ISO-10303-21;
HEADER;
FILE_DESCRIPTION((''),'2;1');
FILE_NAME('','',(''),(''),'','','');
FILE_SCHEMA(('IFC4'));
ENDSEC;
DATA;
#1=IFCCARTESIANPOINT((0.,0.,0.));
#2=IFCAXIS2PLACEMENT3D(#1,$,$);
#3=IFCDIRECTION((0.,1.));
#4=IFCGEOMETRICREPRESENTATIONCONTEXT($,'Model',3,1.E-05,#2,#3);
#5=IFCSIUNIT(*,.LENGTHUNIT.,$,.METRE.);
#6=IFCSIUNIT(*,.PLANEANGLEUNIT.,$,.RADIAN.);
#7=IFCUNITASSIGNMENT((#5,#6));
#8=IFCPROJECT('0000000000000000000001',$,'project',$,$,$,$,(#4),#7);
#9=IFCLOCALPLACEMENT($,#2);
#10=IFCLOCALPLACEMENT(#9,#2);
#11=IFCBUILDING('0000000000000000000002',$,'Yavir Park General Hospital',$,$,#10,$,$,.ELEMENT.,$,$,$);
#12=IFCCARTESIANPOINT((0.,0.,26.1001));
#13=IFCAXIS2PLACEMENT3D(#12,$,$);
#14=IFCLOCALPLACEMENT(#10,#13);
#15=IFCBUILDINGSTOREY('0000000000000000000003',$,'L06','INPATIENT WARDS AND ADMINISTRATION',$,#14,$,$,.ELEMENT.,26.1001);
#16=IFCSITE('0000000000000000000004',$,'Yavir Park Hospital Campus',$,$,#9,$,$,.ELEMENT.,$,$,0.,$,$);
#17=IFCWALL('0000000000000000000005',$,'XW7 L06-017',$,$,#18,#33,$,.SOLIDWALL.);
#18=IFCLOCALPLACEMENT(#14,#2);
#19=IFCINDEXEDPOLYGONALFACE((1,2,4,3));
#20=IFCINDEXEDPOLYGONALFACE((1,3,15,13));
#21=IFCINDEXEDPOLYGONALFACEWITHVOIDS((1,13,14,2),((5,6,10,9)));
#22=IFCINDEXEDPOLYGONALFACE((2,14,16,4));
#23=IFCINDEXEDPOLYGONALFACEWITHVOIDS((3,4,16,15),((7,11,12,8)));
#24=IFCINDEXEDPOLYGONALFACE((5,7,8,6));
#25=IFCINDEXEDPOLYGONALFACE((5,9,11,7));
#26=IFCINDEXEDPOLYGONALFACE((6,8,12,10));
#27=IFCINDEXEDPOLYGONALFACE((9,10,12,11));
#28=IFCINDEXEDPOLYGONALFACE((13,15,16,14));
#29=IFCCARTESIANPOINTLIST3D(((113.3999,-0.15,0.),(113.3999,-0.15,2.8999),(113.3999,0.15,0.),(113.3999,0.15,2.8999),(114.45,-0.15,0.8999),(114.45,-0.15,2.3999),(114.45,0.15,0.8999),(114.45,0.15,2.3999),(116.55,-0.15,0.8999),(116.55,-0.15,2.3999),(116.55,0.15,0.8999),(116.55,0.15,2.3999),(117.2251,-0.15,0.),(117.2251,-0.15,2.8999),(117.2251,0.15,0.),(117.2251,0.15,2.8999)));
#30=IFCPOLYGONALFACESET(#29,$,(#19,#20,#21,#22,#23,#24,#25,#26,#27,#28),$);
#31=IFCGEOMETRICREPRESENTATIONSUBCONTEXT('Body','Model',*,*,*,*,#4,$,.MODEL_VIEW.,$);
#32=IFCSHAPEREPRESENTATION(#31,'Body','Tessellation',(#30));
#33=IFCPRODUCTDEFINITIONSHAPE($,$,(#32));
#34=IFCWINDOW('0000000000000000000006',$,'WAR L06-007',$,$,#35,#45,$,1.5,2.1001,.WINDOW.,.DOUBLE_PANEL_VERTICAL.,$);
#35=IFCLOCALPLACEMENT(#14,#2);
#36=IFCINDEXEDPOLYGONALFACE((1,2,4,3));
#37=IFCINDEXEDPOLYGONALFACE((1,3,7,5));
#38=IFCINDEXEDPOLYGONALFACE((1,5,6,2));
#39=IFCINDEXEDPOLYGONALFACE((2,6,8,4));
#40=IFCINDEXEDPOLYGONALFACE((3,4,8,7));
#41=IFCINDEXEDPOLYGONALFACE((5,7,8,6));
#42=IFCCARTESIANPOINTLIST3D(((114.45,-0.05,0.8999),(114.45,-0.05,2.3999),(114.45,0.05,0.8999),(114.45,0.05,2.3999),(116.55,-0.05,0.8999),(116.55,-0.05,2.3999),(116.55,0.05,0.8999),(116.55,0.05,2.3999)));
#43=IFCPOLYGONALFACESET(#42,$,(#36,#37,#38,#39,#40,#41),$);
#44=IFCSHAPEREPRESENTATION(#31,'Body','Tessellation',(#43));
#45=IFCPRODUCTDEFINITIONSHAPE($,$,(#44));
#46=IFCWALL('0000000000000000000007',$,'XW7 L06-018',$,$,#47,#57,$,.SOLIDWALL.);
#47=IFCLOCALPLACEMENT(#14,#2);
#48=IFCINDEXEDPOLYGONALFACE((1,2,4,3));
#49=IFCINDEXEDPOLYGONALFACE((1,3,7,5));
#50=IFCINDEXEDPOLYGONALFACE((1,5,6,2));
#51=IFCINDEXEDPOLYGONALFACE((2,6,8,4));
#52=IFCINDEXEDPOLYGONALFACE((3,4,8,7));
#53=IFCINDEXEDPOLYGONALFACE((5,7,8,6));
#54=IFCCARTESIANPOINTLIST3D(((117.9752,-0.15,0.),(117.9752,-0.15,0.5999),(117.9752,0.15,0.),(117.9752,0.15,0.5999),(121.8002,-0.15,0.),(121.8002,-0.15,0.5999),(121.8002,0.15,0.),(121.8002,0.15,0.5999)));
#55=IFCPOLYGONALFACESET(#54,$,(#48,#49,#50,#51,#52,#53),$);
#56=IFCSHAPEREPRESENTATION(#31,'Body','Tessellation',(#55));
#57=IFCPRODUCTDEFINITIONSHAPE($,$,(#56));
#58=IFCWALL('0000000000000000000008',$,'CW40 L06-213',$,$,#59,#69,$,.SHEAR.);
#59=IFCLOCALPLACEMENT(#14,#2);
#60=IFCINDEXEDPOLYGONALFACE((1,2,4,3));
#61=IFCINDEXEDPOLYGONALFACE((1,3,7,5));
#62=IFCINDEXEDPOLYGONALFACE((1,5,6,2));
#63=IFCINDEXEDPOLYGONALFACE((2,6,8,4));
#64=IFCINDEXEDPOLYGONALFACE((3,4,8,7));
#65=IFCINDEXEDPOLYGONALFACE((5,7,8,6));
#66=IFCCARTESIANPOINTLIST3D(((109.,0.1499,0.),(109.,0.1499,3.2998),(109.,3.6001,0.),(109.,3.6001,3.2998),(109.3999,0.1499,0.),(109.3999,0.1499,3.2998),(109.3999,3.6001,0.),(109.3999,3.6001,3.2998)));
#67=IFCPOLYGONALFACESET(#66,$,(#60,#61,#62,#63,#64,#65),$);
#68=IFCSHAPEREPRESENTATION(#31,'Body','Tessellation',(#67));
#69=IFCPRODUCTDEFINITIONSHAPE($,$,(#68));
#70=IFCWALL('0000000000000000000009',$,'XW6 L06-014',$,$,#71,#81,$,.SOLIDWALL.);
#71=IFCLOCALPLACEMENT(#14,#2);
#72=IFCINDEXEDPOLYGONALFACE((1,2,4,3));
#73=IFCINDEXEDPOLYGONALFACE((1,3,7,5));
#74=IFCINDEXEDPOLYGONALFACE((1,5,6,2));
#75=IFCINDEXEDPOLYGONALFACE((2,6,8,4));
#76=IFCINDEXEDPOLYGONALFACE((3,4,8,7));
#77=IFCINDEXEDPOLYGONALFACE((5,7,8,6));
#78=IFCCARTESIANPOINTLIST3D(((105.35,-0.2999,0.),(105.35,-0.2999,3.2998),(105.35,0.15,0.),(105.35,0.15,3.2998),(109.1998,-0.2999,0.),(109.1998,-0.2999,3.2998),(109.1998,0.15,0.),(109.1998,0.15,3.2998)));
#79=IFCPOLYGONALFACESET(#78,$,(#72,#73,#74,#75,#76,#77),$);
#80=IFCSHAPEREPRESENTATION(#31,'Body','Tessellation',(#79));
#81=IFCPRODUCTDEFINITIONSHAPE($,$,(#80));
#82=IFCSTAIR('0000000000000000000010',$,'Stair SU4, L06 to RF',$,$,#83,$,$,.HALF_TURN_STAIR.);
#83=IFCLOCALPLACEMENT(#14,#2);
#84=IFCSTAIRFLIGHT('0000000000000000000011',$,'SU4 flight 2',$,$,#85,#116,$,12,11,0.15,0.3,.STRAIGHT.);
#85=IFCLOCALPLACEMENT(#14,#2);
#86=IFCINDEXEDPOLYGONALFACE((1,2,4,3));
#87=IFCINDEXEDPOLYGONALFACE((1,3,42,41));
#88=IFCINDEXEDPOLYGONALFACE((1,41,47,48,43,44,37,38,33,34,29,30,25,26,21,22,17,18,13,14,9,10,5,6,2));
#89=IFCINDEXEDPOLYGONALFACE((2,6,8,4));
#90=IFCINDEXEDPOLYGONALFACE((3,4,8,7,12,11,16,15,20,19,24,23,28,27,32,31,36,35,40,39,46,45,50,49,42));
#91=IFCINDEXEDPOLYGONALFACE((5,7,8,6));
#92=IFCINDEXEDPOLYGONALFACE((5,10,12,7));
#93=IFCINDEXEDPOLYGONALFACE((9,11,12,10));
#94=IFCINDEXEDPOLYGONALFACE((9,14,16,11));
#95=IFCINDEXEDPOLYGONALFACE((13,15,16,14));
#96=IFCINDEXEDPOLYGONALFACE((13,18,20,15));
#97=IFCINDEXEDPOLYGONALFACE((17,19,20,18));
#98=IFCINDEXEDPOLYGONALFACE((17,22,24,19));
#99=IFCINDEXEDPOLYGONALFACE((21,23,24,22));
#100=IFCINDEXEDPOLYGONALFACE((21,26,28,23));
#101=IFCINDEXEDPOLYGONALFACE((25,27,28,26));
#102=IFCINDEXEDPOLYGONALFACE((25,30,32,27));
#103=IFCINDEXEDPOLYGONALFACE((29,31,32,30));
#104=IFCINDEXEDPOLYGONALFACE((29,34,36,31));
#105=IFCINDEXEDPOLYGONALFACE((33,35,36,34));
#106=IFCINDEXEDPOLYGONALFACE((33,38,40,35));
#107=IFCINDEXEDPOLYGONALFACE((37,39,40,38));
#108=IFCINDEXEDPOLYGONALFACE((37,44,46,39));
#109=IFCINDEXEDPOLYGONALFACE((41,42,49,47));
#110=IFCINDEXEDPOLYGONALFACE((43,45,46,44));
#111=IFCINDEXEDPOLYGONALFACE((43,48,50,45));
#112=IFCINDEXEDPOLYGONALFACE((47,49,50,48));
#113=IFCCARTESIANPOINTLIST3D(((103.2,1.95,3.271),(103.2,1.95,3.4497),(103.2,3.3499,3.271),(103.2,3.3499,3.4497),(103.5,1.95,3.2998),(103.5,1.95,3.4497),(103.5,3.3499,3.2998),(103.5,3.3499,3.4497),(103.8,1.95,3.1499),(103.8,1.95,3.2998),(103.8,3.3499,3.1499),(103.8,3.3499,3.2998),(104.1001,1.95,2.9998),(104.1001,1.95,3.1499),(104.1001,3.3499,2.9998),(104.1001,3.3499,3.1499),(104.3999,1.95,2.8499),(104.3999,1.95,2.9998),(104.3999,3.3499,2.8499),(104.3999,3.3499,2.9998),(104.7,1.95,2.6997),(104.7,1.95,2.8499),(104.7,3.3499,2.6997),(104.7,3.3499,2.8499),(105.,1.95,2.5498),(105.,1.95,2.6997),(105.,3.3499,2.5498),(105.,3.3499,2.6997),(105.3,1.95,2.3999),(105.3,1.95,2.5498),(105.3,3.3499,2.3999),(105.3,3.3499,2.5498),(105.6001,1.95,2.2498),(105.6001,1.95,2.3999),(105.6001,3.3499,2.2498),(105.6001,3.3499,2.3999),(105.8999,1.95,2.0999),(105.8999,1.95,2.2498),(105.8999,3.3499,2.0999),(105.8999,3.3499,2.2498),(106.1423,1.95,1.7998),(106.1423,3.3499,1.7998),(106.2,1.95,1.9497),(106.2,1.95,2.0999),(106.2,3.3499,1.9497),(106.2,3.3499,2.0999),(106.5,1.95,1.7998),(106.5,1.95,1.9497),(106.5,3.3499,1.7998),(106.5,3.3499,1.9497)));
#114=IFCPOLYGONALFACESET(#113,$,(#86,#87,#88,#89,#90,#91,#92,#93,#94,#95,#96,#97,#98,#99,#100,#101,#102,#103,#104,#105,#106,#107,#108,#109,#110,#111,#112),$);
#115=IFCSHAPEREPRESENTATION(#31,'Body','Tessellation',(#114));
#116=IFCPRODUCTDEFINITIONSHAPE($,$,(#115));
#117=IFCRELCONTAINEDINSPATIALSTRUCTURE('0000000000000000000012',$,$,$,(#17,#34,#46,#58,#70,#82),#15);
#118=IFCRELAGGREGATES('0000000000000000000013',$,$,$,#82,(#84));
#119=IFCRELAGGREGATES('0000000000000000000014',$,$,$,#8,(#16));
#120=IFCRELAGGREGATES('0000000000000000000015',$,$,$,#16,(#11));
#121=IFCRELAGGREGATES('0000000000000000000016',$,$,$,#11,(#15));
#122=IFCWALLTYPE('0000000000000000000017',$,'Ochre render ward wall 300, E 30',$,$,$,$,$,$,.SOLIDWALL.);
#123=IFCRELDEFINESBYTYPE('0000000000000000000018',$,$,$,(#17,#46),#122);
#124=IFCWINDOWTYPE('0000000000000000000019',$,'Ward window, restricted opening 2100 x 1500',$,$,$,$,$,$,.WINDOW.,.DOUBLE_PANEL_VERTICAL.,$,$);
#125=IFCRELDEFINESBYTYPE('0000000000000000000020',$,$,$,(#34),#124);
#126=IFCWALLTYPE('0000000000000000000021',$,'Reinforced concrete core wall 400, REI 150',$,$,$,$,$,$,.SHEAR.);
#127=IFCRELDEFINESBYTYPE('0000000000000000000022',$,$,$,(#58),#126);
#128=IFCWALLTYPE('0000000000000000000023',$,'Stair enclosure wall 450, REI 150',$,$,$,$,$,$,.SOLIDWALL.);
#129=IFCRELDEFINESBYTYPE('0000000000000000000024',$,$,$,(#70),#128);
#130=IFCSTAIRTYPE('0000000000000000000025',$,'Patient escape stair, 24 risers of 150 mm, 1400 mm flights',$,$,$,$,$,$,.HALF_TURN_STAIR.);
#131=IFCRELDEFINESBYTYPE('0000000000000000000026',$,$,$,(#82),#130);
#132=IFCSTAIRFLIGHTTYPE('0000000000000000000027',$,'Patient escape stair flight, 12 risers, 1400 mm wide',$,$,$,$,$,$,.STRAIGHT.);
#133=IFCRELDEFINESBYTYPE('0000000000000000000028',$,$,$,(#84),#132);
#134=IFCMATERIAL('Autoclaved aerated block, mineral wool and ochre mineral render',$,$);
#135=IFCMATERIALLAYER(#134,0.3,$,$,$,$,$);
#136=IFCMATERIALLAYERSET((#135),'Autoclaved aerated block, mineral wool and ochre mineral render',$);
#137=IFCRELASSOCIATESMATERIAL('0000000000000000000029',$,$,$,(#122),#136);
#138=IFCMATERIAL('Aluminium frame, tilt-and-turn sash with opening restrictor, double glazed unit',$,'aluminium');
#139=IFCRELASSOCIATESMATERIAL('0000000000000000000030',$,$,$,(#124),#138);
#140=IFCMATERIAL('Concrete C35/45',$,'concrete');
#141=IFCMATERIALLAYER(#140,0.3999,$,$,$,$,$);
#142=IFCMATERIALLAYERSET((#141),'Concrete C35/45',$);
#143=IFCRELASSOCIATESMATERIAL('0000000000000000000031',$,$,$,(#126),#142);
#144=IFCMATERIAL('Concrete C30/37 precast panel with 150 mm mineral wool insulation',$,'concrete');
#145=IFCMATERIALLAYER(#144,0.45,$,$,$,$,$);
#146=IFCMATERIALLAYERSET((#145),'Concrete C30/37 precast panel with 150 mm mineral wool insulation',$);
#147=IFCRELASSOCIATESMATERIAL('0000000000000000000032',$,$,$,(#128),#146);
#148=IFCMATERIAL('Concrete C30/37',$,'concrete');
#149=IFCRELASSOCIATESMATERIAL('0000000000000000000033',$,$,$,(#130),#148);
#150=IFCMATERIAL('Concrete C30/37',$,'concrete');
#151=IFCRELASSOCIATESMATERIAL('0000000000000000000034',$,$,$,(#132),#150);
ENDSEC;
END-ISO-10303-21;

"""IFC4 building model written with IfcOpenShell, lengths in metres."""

from ifc_helpers import new_model, si_unit, direction, frame, frame_2d, origin, place, context, subcontext, project, spatial, polyline, rectangle, outline, extrude, material, layer, layer_set, type_object, element, fill, aggregate, save


model = new_model("IFC4")

# Units and contexts
model_context = context("Model", 3, precision=1e-05, world=origin(), true_north=direction((0.0, 1.0)))
body_context = subcontext(model_context, "Body", "Model", "MODEL_VIEW")
ifc_project = project(units=[si_unit("LENGTHUNIT", "METRE"), si_unit("PLANEANGLEUNIT", "RADIAN")], contexts=[model_context])

# Site, building, storey
site_placement = place(None, origin())
site = spatial("IfcSite", under=ifc_project, at=site_placement, Name="Yavir Park Hospital Campus", CompositionType="ELEMENT", RefElevation=0.0)
building_placement = place(site_placement, origin())
building = spatial("IfcBuilding", under=site, at=building_placement, Name="Yavir Park General Hospital", CompositionType="ELEMENT")
storey_placement = place(building_placement, frame((0.0, 0.0, 26.1001)))
storey = spatial("IfcBuildingStorey", under=building, at=storey_placement, Name="L06", Description="INPATIENT WARDS AND ADMINISTRATION", CompositionType="ELEMENT", Elevation=26.1001)

# Wall, opening, window
ifc_material_1 = material(Name="Autoclaved aerated block, mineral wool and ochre mineral render")
ifc_layer_1 = layer(ifc_material_1, 0.3)
ifc_layer_set_1 = layer_set([ifc_layer_1], Name="Autoclaved aerated block, mineral wool and ochre mineral render")
wall_type_1 = type_object("IfcWallType", Name="Ochre render ward wall 300, E 30", PredefinedType="SOLIDWALL", material=ifc_layer_set_1)
wall_1_placement = place(storey_placement, frame((113.3999, 0.0, 0.0), z_axis=(0.0, 0.0, 1.0), x_axis=(1.0, 0.0, 0.0)))
wall_1 = element("IfcWall", 1, at=wall_1_placement, inside=storey, type_object=wall_type_1, Name="XW7 L06-017", PredefinedType="SOLIDWALL", context=body_context, shape_type="SweptSolid", body=[
    extrude(rectangle(XDim=3.8252, YDim=0.3, at=frame_2d((1.9126, 0.0))), origin(), (0.0, 0.0, 1.0), 2.8999),
])
opening_1_placement = place(wall_1_placement, frame((1.05, 0.0, 0.8999)))
opening_1 = element("IfcOpeningElement", 2, at=opening_1_placement, cuts=wall_1, PredefinedType="OPENING", context=body_context, shape_type="SweptSolid", body=[
    extrude(rectangle(XDim=2.1001, YDim=1.5, at=frame_2d((1.05, 0.75))), frame((0.0, 0.1599, 0.0), z_axis=(0.0, -1.0, 0.0), x_axis=(1.0, 0.0, 0.0)), (0.0, 0.0, 1.0), 0.3201),
])
ifc_material_2 = material(Name="Aluminium frame, tilt-and-turn sash with opening restrictor, double glazed unit", Category="aluminium")
window_type_1 = type_object("IfcWindowType", Name="Ward window, restricted opening 2100 x 1500", PartitioningType="DOUBLE_PANEL_VERTICAL", PredefinedType="WINDOW", material=ifc_material_2)
window_1_placement = place(opening_1_placement, origin())
window_1 = element("IfcWindow", 3, at=window_1_placement, inside=storey, type_object=window_type_1, Name="WAR L06-007", OverallHeight=1.5, OverallWidth=2.1001, PartitioningType="DOUBLE_PANEL_VERTICAL", PredefinedType="WINDOW", context=body_context, shape_type="SweptSolid", body=[
    extrude(rectangle(XDim=2.1001, YDim=1.5, at=frame_2d((1.05, 0.75))), frame((0.0, 0.05, 0.0), z_axis=(0.0, -1.0, 0.0), x_axis=(1.0, 0.0, 0.0)), (0.0, 0.0, 1.0), 0.1001),
])
fill(opening_1, window_1)

# Walls
wall_2_placement = place(storey_placement, frame((117.9751, 0.0, 0.0), z_axis=(0.0, 0.0, 1.0), x_axis=(1.0, 0.0, 0.0)))
element("IfcWall", 4, at=wall_2_placement, inside=storey, type_object=wall_type_1, Name="XW7 L06-018", PredefinedType="SOLIDWALL", context=body_context, shape_type="SweptSolid", body=[
    extrude(rectangle(XDim=3.825, YDim=0.3, at=frame_2d((1.9126, 0.0))), origin(), (0.0, 0.0, 1.0), 0.5999),
])
ifc_material_3 = material(Name="Concrete C35/45", Category="concrete")
ifc_layer_2 = layer(ifc_material_3, 0.3999)
ifc_layer_set_2 = layer_set([ifc_layer_2], Name="Concrete C35/45")
wall_type_2 = type_object("IfcWallType", Name="Reinforced concrete core wall 400, REI 150", PredefinedType="SHEAR", material=ifc_layer_set_2)
wall_3_placement = place(storey_placement, frame((109.2, 0.1499, 0.0), z_axis=(0.0, 0.0, 1.0), x_axis=(0.0, 1.0, 0.0)))
element("IfcWall", 5, at=wall_3_placement, inside=storey, type_object=wall_type_2, Name="CW40 L06-213", PredefinedType="SHEAR", context=body_context, shape_type="SweptSolid", body=[
    extrude(rectangle(XDim=3.4502, YDim=0.3999, at=frame_2d((1.7251, 0.0))), origin(), (0.0, 0.0, 1.0), 3.2998),
])
ifc_material_4 = material(Name="Concrete C30/37 precast panel with 150 mm mineral wool insulation", Category="concrete")
ifc_layer_3 = layer(ifc_material_4, 0.45)
ifc_layer_set_3 = layer_set([ifc_layer_3], Name="Concrete C30/37 precast panel with 150 mm mineral wool insulation")
wall_type_3 = type_object("IfcWallType", Name="Stair enclosure wall 450, REI 150", PredefinedType="SOLIDWALL", material=ifc_layer_set_3)
wall_4_placement = place(storey_placement, frame((105.3501, -0.075, 0.0), z_axis=(0.0, 0.0, 1.0), x_axis=(1.0, 0.0, 0.0)))
element("IfcWall", 6, at=wall_4_placement, inside=storey, type_object=wall_type_3, Name="XW6 L06-014", PredefinedType="SOLIDWALL", context=body_context, shape_type="SweptSolid", body=[
    extrude(rectangle(XDim=3.8499, YDim=0.45, at=frame_2d((1.9248, 0.0))), origin(), (0.0, 0.0, 1.0), 3.2998),
])

# Stair, stair flight
ifc_material_5 = material(Name="Concrete C30/37", Category="concrete")
stair_type = type_object("IfcStairType", Name="Patient escape stair, 24 risers of 150 mm, 1400 mm flights", PredefinedType="HALF_TURN_STAIR", material=ifc_material_5)
stair_placement = place(storey_placement, origin())
stair = element("IfcStair", 7, at=stair_placement, inside=storey, type_object=stair_type, Name="Stair SU4, L06 to RF", PredefinedType="HALF_TURN_STAIR")
ifc_material_6 = material(Name="Concrete C30/37", Category="concrete")
stair_flight_type = type_object("IfcStairFlightType", Name="Patient escape stair flight, 12 risers, 1400 mm wide", PredefinedType="STRAIGHT", material=ifc_material_6)
stair_flight_placement = place(storey_placement, frame((106.5, 2.6499, 1.7998), z_axis=(0.0, 0.0, 1.0), x_axis=(-1.0, 0.0, 0.0)))
stair_flight = element("IfcStairFlight", 8, at=stair_flight_placement, type_object=stair_flight_type, Name="SU4 flight 2", NumberOfRisers=12, NumberOfTreads=11, PredefinedType="STRAIGHT", RiserHeight=0.15, TreadLength=0.3, context=body_context, shape_type="SweptSolid", body=[
    extrude(outline(polyline([(0.0, 0.0), (0.0, 0.1499), (0.3, 0.1499), (0.3, 0.3), (0.6001, 0.3), (0.6001, 0.45), (0.8999, 0.45), (0.8999, 0.6001), (1.2, 0.6001), (1.2, 0.75), (1.5, 0.75), (1.5, 0.8999), (1.8, 0.8999), (1.8, 1.05), (2.1001, 1.05), (2.1001, 1.2), (2.3999, 1.2), (2.3999, 1.3501), (2.7, 1.3501), (2.7, 1.5), (3.0, 1.5), (3.0, 1.6499), (3.3, 1.6499), (3.3, 1.8), (3.3, 1.4712), (0.3577, 0.0), (0.0, 0.0)])), frame((0.0, 0.7, 0.0), z_axis=(0.0, -1.0, 0.0), x_axis=(1.0, 0.0, 0.0)), (0.0, 0.0, 1.0), 1.3999),
])
aggregate(stair, [stair_flight])

save(model, "model.ifc")
